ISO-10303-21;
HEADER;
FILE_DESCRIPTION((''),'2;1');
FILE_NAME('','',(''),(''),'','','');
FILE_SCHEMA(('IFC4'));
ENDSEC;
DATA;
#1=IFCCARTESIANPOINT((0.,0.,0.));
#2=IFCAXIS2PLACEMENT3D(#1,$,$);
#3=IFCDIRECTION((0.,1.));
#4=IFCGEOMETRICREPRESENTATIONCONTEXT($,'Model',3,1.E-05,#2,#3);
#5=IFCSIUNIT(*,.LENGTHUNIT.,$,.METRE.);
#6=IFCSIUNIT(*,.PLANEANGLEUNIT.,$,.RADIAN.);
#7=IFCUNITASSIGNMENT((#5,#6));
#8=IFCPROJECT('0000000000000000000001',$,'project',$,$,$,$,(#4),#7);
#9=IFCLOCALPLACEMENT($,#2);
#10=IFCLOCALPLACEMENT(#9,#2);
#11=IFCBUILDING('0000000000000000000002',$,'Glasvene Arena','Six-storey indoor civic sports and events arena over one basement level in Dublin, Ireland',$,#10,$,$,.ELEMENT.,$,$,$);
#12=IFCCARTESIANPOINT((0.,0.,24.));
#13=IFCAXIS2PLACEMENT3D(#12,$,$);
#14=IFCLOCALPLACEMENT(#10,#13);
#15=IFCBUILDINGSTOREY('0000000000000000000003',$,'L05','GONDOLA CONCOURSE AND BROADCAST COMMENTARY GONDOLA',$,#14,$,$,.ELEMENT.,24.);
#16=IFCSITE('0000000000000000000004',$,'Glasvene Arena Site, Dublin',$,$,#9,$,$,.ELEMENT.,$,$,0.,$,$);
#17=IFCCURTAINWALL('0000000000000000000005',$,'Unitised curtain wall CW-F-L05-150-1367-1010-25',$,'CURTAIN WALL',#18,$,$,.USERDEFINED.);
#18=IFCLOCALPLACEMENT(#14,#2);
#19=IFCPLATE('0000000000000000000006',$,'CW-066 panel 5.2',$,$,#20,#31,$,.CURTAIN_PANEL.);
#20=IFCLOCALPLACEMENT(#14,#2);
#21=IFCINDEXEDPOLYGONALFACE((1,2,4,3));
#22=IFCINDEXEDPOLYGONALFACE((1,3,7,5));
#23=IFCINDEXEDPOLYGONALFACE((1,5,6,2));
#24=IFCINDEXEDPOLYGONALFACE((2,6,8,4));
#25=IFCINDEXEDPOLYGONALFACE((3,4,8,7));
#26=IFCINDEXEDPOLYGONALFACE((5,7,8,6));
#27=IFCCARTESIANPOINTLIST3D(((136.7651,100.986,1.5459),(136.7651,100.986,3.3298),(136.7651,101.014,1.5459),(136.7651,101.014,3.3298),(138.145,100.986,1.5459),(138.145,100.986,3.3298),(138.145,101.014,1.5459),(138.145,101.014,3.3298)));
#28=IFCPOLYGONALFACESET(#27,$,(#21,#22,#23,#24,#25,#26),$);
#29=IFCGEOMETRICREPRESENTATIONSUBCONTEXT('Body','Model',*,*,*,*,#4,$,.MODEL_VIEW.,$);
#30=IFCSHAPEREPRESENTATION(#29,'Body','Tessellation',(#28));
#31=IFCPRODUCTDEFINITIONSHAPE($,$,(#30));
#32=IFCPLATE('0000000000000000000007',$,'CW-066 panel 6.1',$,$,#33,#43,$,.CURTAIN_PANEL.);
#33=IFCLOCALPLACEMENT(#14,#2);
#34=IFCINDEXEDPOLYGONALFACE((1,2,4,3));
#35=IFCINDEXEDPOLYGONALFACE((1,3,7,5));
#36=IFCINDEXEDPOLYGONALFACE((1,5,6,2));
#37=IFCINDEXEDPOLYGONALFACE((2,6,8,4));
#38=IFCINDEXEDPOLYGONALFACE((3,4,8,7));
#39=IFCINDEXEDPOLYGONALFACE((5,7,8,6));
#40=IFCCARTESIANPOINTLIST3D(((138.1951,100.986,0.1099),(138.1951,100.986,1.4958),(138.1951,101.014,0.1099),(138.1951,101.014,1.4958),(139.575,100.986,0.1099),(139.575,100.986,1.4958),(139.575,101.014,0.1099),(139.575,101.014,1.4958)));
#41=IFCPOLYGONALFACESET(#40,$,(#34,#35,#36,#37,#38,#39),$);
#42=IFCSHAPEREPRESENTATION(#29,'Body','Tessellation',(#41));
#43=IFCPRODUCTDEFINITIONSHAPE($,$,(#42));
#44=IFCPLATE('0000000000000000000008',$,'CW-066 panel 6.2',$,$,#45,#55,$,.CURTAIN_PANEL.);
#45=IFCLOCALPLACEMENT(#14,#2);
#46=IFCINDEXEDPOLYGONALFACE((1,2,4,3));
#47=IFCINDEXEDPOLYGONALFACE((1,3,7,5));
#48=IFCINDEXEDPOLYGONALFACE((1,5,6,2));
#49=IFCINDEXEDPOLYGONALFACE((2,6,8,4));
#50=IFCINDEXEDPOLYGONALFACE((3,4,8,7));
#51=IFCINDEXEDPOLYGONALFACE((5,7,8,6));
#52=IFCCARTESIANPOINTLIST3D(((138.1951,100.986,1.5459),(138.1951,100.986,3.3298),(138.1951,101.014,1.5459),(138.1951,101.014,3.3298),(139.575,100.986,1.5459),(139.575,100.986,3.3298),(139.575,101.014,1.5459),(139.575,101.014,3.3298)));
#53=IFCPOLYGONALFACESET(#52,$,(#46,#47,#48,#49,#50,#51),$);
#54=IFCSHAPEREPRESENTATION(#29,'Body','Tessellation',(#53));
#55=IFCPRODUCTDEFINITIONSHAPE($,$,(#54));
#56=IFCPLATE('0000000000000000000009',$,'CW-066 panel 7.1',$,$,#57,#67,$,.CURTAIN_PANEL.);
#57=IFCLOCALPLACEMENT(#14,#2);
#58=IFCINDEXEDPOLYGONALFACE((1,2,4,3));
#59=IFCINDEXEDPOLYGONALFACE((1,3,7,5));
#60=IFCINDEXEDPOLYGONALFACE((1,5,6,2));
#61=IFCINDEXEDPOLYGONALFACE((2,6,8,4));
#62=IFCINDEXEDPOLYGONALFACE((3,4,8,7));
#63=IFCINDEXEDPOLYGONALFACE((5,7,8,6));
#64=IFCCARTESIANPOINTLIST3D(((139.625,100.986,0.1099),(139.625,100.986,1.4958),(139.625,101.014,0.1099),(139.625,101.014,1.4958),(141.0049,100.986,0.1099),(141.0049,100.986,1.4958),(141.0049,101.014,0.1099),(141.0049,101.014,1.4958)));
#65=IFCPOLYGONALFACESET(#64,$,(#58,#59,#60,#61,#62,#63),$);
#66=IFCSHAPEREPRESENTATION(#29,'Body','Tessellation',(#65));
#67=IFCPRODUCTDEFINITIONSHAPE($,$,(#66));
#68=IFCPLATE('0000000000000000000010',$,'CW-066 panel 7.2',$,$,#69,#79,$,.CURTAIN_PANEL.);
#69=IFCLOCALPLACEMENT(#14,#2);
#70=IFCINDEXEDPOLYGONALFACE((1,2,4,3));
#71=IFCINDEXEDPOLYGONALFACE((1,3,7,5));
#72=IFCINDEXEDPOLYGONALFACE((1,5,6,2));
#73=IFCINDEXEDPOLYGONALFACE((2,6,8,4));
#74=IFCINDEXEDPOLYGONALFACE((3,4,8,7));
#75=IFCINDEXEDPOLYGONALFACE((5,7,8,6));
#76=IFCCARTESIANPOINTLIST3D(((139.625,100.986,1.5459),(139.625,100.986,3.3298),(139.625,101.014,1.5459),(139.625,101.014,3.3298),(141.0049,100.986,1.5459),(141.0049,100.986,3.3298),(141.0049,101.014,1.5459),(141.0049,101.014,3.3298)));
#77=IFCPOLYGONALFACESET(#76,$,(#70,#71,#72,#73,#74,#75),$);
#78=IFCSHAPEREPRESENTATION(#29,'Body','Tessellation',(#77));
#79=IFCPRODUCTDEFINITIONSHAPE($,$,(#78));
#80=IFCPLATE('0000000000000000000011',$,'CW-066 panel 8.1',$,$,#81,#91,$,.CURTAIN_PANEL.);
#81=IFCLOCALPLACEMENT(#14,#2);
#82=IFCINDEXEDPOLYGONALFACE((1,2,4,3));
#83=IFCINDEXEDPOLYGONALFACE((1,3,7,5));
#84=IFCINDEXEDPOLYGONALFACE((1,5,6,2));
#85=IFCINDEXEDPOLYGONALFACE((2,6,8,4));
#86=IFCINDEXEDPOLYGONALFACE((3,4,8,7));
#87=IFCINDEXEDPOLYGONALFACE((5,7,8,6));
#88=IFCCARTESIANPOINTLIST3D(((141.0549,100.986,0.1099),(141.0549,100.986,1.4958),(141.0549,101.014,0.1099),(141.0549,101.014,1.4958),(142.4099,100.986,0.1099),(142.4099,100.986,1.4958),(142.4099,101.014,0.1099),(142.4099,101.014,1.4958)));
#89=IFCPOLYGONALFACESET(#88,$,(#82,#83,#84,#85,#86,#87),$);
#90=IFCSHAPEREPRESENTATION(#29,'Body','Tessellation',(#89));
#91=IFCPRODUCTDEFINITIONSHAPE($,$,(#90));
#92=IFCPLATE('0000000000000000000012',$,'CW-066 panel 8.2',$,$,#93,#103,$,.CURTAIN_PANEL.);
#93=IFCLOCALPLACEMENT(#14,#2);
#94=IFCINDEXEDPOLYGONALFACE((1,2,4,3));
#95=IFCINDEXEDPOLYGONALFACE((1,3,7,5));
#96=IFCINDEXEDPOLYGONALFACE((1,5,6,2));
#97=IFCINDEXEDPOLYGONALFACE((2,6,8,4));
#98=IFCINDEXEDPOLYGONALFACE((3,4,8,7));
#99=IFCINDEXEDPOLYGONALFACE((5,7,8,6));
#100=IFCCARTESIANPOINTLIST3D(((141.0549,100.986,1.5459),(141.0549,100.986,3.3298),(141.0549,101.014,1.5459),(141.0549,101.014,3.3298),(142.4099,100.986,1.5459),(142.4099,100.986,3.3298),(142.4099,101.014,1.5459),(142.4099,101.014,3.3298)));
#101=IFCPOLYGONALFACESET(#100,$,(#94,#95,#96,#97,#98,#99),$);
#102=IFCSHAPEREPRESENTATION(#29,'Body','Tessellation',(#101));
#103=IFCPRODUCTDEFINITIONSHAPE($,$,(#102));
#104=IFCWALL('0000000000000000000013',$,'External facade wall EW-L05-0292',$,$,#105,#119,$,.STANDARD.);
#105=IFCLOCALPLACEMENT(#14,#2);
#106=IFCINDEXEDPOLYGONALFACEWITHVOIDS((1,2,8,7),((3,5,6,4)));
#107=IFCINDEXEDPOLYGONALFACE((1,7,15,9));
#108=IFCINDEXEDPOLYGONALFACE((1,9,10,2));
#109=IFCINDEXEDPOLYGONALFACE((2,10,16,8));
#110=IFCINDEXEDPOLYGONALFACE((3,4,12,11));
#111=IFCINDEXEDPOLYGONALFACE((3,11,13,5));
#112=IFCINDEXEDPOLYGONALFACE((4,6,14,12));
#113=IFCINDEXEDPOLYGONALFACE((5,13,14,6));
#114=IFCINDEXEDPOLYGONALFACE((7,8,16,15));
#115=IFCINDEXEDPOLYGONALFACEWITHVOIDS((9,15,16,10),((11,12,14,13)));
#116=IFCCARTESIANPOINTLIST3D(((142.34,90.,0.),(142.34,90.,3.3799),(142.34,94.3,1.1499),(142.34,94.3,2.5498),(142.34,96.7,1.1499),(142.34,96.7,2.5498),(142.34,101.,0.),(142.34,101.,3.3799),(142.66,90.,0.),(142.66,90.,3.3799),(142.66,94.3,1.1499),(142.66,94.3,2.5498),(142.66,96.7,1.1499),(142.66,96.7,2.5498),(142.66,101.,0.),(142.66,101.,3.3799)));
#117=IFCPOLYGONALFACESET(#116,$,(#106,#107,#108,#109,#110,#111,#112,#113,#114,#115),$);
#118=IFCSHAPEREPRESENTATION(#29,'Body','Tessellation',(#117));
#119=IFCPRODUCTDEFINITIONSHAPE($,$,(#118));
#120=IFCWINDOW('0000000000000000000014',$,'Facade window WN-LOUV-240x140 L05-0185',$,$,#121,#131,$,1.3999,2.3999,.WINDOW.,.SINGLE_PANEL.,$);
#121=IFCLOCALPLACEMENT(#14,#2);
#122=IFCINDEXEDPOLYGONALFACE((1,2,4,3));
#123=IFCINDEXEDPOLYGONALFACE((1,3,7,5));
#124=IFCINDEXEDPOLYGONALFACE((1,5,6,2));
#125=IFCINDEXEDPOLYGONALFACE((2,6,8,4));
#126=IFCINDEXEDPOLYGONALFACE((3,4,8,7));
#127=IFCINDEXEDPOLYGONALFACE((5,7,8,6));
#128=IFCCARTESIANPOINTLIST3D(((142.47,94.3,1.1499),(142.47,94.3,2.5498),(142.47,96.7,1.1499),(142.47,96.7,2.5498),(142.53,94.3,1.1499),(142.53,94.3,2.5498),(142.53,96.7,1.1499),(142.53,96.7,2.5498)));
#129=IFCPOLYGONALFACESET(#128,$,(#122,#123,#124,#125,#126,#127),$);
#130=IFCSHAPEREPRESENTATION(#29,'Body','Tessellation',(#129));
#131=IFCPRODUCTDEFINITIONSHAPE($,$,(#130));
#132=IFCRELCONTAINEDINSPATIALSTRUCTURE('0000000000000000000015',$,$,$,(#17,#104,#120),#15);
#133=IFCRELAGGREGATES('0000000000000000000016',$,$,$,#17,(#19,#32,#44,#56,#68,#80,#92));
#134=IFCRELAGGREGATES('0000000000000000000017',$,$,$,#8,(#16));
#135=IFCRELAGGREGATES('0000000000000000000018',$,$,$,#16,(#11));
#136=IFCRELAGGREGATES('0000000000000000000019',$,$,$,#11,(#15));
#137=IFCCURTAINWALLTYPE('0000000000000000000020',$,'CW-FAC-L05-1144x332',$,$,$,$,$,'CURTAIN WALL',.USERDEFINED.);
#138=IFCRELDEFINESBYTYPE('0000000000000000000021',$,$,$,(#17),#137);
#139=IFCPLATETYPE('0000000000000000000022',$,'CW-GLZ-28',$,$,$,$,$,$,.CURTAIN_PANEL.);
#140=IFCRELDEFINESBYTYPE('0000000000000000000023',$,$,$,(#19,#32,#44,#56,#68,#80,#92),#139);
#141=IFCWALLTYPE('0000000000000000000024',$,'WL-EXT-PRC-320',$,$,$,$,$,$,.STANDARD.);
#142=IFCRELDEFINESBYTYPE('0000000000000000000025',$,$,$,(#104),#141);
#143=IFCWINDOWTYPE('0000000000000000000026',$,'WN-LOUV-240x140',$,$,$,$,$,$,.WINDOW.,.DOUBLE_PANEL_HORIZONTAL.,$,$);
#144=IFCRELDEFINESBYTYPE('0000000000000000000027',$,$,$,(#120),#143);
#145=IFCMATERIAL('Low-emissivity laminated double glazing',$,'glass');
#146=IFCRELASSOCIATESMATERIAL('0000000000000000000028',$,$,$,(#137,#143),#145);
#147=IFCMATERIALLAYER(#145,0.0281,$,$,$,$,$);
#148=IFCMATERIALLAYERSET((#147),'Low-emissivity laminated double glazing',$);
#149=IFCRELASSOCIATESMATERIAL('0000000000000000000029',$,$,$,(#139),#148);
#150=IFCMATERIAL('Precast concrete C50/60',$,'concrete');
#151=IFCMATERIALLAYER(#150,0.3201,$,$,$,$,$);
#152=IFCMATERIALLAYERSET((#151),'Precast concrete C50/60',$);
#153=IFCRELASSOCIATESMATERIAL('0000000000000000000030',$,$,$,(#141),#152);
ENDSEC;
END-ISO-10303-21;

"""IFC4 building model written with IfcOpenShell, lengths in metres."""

from ifc_helpers import new_model, si_unit, direction, frame, frame_2d, origin, origin_2d, place, context, subcontext, project, spatial, rectangle, extrude, material, layer, layer_set, type_object, element, fill, aggregate, save


model = new_model("IFC4")

# Units and contexts
model_context = context("Model", 3, precision=1e-05, world=origin(), true_north=direction((0.0, 1.0)))
body_context = subcontext(model_context, "Body", "Model", "MODEL_VIEW")
ifc_project = project(units=[si_unit("LENGTHUNIT", "METRE"), si_unit("PLANEANGLEUNIT", "RADIAN")], contexts=[model_context])

# Site, building, storey
site_placement = place(None, origin())
site = spatial("IfcSite", under=ifc_project, at=site_placement, Name="Glasvene Arena Site, Dublin", CompositionType="ELEMENT", RefElevation=0.0)
building_placement = place(site_placement, origin())
building = spatial("IfcBuilding", under=site, at=building_placement, Name="Glasvene Arena", Description="Six-storey indoor civic sports and events arena over one basement level in Dublin, Ireland", CompositionType="ELEMENT")
storey_placement = place(building_placement, frame((0.0, 0.0, 24.0)))
storey = spatial("IfcBuildingStorey", under=building, at=storey_placement, Name="L05", Description="GONDOLA CONCOURSE AND BROADCAST COMMENTARY GONDOLA", CompositionType="ELEMENT", Elevation=24.0)

# Curtain wall, plates
ifc_material_1 = material(Name="Low-emissivity laminated double glazing", Category="glass")
curtain_wall_type = type_object("IfcCurtainWallType", Name="CW-FAC-L05-1144x332", ElementType="CURTAIN WALL", PredefinedType="USERDEFINED", material=ifc_material_1)
curtain_wall_placement = place(storey_placement, frame((131.0203, 101.0, 0.0)))
curtain_wall = element("IfcCurtainWall", 1, at=curtain_wall_placement, inside=storey, type_object=curtain_wall_type, Name="Unitised curtain wall CW-F-L05-150-1367-1010-25", ObjectType="CURTAIN WALL", PredefinedType="USERDEFINED")
ifc_layer_1 = layer(ifc_material_1, 0.0281)
ifc_layer_set_1 = layer_set([ifc_layer_1], Name="Low-emissivity laminated double glazing")
plate_type = type_object("IfcPlateType", Name="CW-GLZ-28", PredefinedType="CURTAIN_PANEL", material=ifc_layer_set_1)
plate_1_placement = place(storey_placement, frame((137.4551, 101.0, 1.5459), z_axis=(0.0, 0.0, 1.0), x_axis=(1.0, 0.0, 0.0)))
plate_1 = element("IfcPlate", 2, at=plate_1_placement, type_object=plate_type, Name="CW-066 panel 5.2", PredefinedType="CURTAIN_PANEL", context=body_context, shape_type="SweptSolid", body=[
    extrude(rectangle(XDim=1.3799, YDim=0.0281, at=origin_2d()), origin(), (0.0, 0.0, 1.0), 1.7839),
])
plate_2_placement = place(storey_placement, frame((138.885, 101.0, 0.1099), z_axis=(0.0, 0.0, 1.0), x_axis=(1.0, 0.0, 0.0)))
plate_2 = element("IfcPlate", 3, at=plate_2_placement, type_object=plate_type, Name="CW-066 panel 6.1", PredefinedType="CURTAIN_PANEL", context=body_context, shape_type="SweptSolid", body=[
    extrude(rectangle(XDim=1.3799, YDim=0.0281, at=origin_2d()), origin(), (0.0, 0.0, 1.0), 1.386),
])
plate_3_placement = place(storey_placement, frame((138.885, 101.0, 1.5459), z_axis=(0.0, 0.0, 1.0), x_axis=(1.0, 0.0, 0.0)))
plate_3 = element("IfcPlate", 4, at=plate_3_placement, type_object=plate_type, Name="CW-066 panel 6.2", PredefinedType="CURTAIN_PANEL", context=body_context, shape_type="SweptSolid", body=[
    extrude(rectangle(XDim=1.3799, YDim=0.0281, at=origin_2d()), origin(), (0.0, 0.0, 1.0), 1.7839),
])
plate_4_placement = place(storey_placement, frame((140.3149, 101.0, 0.1099), z_axis=(0.0, 0.0, 1.0), x_axis=(1.0, 0.0, 0.0)))
plate_4 = element("IfcPlate", 5, at=plate_4_placement, type_object=plate_type, Name="CW-066 panel 7.1", PredefinedType="CURTAIN_PANEL", context=body_context, shape_type="SweptSolid", body=[
    extrude(rectangle(XDim=1.3799, YDim=0.0281, at=origin_2d()), origin(), (0.0, 0.0, 1.0), 1.386),
])
plate_5_placement = place(storey_placement, frame((140.3149, 101.0, 1.5459), z_axis=(0.0, 0.0, 1.0), x_axis=(1.0, 0.0, 0.0)))
plate_5 = element("IfcPlate", 6, at=plate_5_placement, type_object=plate_type, Name="CW-066 panel 7.2", PredefinedType="CURTAIN_PANEL", context=body_context, shape_type="SweptSolid", body=[
    extrude(rectangle(XDim=1.3799, YDim=0.0281, at=origin_2d()), origin(), (0.0, 0.0, 1.0), 1.7839),
])
plate_6_placement = place(storey_placement, frame((141.7324, 101.0, 0.1099), z_axis=(0.0, 0.0, 1.0), x_axis=(1.0, 0.0, 0.0)))
plate_6 = element("IfcPlate", 7, at=plate_6_placement, type_object=plate_type, Name="CW-066 panel 8.1", PredefinedType="CURTAIN_PANEL", context=body_context, shape_type="SweptSolid", body=[
    extrude(rectangle(XDim=1.355, YDim=0.0281, at=origin_2d()), origin(), (0.0, 0.0, 1.0), 1.386),
])
plate_7_placement = place(storey_placement, frame((141.7324, 101.0, 1.5459), z_axis=(0.0, 0.0, 1.0), x_axis=(1.0, 0.0, 0.0)))
plate_7 = element("IfcPlate", 8, at=plate_7_placement, type_object=plate_type, Name="CW-066 panel 8.2", PredefinedType="CURTAIN_PANEL", context=body_context, shape_type="SweptSolid", body=[
    extrude(rectangle(XDim=1.355, YDim=0.0281, at=origin_2d()), origin(), (0.0, 0.0, 1.0), 1.7839),
])
aggregate(curtain_wall, [plate_1, plate_2, plate_3, plate_4, plate_5, plate_6, plate_7])

# Wall, opening, window
ifc_material_2 = material(Name="Precast concrete C50/60", Category="concrete")
ifc_layer_2 = layer(ifc_material_2, 0.3201)
ifc_layer_set_2 = layer_set([ifc_layer_2], Name="Precast concrete C50/60")
wall_type = type_object("IfcWallType", Name="WL-EXT-PRC-320", PredefinedType="STANDARD", material=ifc_layer_set_2)
wall_placement = place(storey_placement, frame((142.5, 101.0, 0.0), z_axis=(0.0, 0.0, 1.0), x_axis=(0.0, -1.0, 0.0)))
wall = element("IfcWall", 9, at=wall_placement, inside=storey, type_object=wall_type, Name="External facade wall EW-L05-0292", PredefinedType="STANDARD", context=body_context, shape_type="SweptSolid", body=[
    extrude(rectangle(XDim=11.0, YDim=0.3201, at=frame_2d((5.5, 0.0))), origin(), (0.0, 0.0, 1.0), 3.3799),
])
opening_placement = place(wall_placement, frame((4.3, 0.0, 1.1499)))
opening = element("IfcOpeningElement", 10, at=opening_placement, cuts=wall, PredefinedType="OPENING", context=body_context, shape_type="SweptSolid", body=[
    extrude(rectangle(XDim=2.3999, YDim=1.3999, at=frame_2d((1.2, 0.7))), frame((0.0, 0.1699, 0.0), z_axis=(0.0, -1.0, 0.0), x_axis=(1.0, 0.0, 0.0)), (0.0, 0.0, 1.0), 0.3401),
])
window_type = type_object("IfcWindowType", Name="WN-LOUV-240x140", PartitioningType="DOUBLE_PANEL_HORIZONTAL", PredefinedType="WINDOW", material=ifc_material_1)
window_placement = place(opening_placement, origin())
window = element("IfcWindow", 11, at=window_placement, inside=storey, type_object=window_type, Name="Facade window WN-LOUV-240x140 L05-0185", OverallHeight=1.3999, OverallWidth=2.3999, PartitioningType="SINGLE_PANEL", PredefinedType="WINDOW", context=body_context, shape_type="SweptSolid", body=[
    extrude(rectangle(XDim=2.3999, YDim=1.3999, at=frame_2d((1.2, 0.7))), frame((0.0, 0.03, 0.0), z_axis=(0.0, -1.0, 0.0), x_axis=(1.0, 0.0, 0.0)), (0.0, 0.0, 1.0), 0.0601),
])
fill(opening, window)

save(model, "model.ifc")
